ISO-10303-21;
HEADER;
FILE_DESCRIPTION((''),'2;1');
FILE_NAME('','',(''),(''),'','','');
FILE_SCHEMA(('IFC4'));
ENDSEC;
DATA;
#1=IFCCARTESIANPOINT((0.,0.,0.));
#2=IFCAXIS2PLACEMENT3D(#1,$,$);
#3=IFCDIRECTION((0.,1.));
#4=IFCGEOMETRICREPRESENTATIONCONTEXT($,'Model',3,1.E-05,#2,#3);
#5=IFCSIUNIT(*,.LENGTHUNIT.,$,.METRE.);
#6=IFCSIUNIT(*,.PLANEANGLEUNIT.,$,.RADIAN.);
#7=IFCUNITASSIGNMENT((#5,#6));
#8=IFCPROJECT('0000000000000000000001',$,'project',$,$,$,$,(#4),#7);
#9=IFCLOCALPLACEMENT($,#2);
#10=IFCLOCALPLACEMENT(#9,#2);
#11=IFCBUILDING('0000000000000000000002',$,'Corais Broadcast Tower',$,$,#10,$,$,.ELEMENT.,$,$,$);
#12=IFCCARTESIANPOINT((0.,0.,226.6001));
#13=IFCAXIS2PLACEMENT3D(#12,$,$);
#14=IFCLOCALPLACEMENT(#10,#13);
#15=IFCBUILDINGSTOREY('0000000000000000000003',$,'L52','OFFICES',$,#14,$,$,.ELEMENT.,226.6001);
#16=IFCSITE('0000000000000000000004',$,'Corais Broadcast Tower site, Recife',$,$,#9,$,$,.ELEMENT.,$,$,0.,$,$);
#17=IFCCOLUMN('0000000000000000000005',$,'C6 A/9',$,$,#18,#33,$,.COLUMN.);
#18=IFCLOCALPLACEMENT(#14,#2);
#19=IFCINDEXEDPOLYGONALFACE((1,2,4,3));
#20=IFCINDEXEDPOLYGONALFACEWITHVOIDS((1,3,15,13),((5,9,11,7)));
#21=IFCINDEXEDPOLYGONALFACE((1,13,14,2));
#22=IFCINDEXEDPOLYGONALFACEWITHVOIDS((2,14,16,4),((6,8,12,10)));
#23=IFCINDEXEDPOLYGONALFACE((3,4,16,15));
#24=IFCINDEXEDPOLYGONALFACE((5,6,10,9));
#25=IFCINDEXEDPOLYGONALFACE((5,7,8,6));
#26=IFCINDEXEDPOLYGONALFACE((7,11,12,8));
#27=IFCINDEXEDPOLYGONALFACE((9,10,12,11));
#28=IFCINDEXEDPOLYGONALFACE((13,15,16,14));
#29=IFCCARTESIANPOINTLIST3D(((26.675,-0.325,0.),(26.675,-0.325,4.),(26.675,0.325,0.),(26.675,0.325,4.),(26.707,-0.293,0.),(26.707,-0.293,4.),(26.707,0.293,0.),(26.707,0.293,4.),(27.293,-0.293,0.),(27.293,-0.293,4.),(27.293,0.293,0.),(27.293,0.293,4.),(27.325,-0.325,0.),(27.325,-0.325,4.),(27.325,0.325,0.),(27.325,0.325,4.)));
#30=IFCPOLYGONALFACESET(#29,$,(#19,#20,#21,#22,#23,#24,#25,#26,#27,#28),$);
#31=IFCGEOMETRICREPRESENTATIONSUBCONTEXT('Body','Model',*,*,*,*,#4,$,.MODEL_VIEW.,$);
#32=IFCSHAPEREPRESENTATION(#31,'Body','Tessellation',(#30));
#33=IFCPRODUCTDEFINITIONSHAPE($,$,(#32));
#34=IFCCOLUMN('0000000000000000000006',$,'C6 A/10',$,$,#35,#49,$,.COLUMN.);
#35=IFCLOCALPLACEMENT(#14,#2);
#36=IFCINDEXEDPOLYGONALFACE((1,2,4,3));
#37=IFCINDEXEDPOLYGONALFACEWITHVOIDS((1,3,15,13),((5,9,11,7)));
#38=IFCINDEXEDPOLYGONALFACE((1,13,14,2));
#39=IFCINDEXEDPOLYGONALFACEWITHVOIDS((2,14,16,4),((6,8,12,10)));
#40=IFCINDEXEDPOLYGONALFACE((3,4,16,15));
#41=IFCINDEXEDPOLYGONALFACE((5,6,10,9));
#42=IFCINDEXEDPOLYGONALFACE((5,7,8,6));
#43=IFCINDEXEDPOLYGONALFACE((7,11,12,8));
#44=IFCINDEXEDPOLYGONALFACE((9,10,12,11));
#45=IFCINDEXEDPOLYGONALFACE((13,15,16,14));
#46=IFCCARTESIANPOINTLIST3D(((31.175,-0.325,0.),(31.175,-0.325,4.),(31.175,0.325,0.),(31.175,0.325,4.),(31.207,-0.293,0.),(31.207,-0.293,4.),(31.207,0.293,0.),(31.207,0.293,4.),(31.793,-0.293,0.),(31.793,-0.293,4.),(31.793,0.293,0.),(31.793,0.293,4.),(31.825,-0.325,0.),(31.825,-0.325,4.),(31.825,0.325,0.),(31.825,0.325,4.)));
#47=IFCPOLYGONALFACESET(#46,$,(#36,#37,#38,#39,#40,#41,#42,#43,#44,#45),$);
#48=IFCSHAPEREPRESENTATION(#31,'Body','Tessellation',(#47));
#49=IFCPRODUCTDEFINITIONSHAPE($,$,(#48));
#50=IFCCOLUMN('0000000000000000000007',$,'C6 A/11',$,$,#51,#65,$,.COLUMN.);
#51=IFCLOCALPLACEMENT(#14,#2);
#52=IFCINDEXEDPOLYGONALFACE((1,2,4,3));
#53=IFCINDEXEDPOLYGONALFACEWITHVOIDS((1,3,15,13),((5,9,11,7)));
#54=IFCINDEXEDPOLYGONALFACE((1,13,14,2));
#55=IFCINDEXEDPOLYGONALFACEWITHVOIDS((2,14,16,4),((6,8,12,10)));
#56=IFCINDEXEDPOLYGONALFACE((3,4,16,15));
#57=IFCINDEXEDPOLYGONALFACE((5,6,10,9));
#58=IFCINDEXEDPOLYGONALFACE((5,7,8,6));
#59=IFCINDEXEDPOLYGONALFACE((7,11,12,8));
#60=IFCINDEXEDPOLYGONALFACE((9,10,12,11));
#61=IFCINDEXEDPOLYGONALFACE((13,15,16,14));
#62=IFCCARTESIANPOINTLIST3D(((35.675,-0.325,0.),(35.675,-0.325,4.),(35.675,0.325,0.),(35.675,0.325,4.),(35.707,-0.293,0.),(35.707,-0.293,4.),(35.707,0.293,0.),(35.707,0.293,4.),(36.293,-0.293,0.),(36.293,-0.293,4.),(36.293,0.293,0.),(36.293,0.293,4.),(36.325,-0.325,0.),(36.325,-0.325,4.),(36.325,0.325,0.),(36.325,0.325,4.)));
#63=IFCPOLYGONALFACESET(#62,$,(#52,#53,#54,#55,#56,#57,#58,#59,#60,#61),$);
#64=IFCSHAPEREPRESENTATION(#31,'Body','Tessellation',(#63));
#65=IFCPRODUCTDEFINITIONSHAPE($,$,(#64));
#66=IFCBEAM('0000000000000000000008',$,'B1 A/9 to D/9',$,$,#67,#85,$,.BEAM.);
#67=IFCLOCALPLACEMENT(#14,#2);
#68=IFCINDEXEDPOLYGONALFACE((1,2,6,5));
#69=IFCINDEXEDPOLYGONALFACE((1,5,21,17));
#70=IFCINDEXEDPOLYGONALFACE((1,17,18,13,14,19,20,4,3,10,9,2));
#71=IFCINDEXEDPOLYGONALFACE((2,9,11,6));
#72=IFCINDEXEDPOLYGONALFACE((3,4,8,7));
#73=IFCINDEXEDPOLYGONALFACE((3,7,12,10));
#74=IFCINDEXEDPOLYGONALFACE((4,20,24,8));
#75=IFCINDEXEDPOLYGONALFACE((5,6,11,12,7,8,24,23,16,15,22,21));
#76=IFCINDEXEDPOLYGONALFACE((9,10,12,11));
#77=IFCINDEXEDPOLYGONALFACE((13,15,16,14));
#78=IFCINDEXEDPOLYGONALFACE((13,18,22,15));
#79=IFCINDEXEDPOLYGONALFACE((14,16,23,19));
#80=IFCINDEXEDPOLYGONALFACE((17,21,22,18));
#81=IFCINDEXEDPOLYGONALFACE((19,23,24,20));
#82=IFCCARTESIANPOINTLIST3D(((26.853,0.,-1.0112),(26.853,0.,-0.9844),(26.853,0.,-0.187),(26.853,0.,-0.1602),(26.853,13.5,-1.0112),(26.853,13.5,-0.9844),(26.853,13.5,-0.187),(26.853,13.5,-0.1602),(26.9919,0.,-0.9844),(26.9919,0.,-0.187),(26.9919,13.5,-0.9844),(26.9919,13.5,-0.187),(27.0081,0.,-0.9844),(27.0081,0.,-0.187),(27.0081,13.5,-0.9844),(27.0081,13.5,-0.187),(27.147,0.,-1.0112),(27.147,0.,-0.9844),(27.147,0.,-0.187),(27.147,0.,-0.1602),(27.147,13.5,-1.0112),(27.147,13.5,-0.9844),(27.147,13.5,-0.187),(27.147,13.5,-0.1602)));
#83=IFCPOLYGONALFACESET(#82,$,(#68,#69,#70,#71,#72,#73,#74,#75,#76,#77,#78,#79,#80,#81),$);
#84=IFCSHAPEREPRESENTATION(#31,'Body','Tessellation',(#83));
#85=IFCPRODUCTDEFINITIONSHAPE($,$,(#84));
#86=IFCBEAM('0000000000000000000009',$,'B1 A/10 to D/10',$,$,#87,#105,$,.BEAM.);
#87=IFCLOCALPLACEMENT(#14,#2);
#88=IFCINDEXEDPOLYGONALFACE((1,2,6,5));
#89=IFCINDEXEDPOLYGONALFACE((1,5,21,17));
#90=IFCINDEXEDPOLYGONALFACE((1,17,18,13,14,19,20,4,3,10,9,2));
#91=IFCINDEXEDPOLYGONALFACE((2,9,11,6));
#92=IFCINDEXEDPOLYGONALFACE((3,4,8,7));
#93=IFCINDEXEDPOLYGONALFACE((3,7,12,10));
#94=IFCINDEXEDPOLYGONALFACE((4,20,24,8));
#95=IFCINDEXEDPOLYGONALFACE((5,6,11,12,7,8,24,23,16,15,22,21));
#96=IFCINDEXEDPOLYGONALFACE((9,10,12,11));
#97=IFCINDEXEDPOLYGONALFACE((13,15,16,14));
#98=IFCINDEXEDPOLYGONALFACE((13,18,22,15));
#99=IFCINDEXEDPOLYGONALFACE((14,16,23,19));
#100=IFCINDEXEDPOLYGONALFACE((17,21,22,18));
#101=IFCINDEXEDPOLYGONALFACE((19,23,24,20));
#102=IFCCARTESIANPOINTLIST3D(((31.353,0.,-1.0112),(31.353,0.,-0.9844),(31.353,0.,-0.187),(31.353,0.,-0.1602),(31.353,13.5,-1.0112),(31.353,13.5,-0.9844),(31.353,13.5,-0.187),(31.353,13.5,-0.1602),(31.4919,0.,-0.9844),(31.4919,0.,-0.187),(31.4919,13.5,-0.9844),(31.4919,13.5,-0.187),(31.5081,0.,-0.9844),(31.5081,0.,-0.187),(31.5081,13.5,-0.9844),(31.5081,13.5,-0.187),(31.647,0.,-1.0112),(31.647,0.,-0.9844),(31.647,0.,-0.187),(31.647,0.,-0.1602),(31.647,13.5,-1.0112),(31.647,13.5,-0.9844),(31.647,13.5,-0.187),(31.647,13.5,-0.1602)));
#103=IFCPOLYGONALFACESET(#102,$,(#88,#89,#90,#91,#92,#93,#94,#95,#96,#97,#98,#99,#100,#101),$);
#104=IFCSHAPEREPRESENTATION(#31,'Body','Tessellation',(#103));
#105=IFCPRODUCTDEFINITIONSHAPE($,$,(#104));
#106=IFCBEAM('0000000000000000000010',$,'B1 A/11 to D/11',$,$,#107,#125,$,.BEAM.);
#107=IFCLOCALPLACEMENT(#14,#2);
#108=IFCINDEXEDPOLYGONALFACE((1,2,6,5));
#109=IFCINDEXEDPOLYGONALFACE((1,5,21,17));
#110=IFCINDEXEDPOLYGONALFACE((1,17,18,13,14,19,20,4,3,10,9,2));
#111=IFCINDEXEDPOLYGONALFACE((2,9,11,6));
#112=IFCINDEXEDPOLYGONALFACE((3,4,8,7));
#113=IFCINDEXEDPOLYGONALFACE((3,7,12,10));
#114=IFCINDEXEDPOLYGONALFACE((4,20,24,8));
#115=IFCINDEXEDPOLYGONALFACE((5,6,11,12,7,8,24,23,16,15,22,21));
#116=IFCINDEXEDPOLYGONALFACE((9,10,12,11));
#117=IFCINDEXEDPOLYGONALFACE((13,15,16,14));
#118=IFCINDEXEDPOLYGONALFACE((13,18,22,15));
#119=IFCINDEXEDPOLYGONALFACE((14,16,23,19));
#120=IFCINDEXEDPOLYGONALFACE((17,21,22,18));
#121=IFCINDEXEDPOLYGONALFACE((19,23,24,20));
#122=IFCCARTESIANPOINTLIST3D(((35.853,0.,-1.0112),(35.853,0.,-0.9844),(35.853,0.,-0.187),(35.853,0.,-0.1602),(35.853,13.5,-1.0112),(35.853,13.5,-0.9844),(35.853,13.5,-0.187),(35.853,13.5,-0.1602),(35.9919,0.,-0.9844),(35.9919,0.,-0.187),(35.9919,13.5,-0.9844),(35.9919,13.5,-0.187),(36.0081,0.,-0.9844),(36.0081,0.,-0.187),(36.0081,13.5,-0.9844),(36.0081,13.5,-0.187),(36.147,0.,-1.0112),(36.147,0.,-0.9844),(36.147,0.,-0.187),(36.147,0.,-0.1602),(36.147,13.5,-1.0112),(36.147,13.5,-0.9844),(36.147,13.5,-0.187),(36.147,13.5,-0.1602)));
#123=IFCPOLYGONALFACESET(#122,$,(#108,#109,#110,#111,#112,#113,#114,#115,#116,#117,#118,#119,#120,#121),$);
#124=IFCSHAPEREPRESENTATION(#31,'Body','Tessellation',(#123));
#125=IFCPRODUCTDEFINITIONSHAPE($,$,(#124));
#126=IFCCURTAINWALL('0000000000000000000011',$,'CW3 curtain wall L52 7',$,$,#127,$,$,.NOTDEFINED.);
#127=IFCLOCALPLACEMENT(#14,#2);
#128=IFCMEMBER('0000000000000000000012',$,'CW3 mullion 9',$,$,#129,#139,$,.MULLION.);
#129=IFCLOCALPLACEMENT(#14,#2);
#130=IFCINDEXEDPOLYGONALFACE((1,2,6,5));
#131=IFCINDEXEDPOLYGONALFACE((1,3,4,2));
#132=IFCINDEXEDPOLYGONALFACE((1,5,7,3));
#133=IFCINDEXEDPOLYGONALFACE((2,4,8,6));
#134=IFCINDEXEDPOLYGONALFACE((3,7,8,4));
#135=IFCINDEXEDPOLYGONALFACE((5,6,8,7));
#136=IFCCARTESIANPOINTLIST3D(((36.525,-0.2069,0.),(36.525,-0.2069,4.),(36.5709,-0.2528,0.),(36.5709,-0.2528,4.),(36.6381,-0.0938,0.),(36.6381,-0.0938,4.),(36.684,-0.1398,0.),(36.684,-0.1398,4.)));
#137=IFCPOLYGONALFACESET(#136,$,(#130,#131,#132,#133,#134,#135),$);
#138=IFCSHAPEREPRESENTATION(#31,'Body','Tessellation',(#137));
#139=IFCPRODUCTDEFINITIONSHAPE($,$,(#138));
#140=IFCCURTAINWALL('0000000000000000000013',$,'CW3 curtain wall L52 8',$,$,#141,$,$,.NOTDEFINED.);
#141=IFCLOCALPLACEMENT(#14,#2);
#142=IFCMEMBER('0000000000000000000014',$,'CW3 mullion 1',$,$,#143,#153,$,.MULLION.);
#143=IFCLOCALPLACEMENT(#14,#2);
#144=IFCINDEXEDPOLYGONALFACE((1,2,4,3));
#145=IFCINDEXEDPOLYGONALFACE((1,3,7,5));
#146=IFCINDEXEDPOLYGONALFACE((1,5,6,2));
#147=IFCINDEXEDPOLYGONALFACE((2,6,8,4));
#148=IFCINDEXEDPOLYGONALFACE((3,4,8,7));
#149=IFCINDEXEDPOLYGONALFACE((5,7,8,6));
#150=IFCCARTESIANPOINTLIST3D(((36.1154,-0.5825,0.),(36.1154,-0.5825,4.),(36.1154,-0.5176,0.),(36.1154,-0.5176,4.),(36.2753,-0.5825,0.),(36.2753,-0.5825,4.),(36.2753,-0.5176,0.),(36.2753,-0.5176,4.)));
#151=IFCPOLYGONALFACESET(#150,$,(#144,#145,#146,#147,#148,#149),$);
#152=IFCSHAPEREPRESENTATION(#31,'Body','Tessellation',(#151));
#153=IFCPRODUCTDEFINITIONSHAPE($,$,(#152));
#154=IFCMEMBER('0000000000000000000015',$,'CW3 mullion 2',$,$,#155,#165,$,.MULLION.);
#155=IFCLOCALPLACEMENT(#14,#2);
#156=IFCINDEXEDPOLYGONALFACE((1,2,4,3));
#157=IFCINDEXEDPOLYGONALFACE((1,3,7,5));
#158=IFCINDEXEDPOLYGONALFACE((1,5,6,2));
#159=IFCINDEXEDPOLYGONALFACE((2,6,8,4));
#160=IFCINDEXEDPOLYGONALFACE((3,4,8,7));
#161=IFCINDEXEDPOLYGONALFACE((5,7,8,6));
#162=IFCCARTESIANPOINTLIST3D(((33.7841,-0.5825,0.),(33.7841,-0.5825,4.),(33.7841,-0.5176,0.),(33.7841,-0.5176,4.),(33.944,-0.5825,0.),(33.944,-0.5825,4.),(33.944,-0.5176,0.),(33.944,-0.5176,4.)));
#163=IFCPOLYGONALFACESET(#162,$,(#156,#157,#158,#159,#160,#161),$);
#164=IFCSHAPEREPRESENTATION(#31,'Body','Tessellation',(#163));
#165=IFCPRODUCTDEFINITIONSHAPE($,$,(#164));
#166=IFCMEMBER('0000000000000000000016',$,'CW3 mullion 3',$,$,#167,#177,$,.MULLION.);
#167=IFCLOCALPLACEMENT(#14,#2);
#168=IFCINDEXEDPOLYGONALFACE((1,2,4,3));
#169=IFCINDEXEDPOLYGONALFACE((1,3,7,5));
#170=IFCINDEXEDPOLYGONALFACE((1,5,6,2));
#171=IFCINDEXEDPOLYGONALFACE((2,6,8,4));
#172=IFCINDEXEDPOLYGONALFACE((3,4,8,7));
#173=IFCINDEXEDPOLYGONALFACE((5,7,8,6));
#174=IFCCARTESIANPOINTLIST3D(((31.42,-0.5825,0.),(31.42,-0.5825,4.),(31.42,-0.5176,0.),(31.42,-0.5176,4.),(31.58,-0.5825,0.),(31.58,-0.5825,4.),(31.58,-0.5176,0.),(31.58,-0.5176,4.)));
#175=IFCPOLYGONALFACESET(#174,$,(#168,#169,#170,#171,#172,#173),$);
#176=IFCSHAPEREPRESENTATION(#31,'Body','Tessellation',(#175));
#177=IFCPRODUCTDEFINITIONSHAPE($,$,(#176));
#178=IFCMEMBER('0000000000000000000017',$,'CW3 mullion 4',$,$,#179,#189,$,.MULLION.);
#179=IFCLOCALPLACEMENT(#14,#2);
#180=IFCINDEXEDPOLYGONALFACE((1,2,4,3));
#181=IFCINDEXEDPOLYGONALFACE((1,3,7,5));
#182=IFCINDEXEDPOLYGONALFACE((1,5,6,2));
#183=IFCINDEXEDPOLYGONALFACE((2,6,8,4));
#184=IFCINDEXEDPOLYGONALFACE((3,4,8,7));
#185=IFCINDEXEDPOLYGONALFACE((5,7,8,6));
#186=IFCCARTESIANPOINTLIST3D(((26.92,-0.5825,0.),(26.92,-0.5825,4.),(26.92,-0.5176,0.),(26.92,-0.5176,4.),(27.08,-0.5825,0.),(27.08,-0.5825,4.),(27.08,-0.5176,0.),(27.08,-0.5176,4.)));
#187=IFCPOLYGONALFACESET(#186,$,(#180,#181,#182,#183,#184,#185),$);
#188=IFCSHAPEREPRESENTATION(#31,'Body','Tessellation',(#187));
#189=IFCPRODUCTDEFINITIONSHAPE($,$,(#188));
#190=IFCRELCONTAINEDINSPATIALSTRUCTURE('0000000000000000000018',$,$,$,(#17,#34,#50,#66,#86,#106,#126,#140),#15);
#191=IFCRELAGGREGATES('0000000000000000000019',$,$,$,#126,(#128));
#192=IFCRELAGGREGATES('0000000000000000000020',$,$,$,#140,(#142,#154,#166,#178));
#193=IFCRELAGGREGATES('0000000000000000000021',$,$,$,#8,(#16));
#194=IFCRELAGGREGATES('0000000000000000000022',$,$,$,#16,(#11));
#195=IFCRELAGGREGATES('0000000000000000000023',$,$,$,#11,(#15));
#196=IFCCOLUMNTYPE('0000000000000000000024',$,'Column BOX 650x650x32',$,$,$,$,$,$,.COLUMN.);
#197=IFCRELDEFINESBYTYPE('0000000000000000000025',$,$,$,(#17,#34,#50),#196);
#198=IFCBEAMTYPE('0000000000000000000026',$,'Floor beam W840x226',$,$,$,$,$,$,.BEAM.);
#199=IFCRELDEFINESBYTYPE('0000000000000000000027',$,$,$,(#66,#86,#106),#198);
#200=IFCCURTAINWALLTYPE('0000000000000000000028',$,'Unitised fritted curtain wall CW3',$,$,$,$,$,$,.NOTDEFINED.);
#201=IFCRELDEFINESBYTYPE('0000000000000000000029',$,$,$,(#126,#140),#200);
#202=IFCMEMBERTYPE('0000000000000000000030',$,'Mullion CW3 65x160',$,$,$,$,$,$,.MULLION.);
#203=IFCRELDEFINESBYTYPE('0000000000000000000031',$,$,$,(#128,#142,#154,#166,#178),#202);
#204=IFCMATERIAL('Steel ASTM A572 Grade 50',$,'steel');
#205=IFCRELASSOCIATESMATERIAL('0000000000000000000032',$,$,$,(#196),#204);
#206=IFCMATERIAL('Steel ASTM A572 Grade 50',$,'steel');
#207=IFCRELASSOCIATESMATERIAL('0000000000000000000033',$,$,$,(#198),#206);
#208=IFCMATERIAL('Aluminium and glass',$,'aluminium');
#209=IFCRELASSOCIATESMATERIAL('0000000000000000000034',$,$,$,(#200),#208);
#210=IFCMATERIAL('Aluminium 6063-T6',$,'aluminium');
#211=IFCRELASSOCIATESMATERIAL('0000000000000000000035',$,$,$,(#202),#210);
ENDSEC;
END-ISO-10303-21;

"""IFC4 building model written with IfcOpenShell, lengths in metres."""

from ifc_helpers import new_model, si_unit, direction, frame, origin, origin_2d, place, context, subcontext, project, spatial, rectangle, hollow_rectangle, i_section, extrude, material, material_profile, profile_set, type_object, element, aggregate, save


model = new_model("IFC4")

# Units and contexts
model_context = context("Model", 3, precision=1e-05, world=origin(), true_north=direction((0.0, 1.0)))
body_context = subcontext(model_context, "Body", "Model", "MODEL_VIEW")
ifc_project = project(units=[si_unit("LENGTHUNIT", "METRE"), si_unit("PLANEANGLEUNIT", "RADIAN")], contexts=[model_context])

# Site, building, storey
site_placement = place(None, origin())
site = spatial("IfcSite", under=ifc_project, at=site_placement, Name="Corais Broadcast Tower site, Recife", CompositionType="ELEMENT", RefElevation=0.0)
building_placement = place(site_placement, origin())
building = spatial("IfcBuilding", under=site, at=building_placement, Name="Corais Broadcast Tower", CompositionType="ELEMENT")
storey_placement = place(building_placement, frame((0.0, 0.0, 226.6001)))
storey = spatial("IfcBuildingStorey", under=building, at=storey_placement, Name="L52", Description="OFFICES", CompositionType="ELEMENT", Elevation=226.6001)

# Columns
ifc_material_1 = material(Name="Steel ASTM A572 Grade 50", Category="steel")
ifc_material_profile_1 = material_profile(ifc_material_1, hollow_rectangle(XDim=0.6499, YDim=0.6499, WallThickness=0.032, at=origin_2d()), Name="BOX 650x650x32")
ifc_profile_set_1 = profile_set([ifc_material_profile_1], Name="Steel ASTM A572 Grade 50")
column_type = type_object("IfcColumnType", Name="Column BOX 650x650x32", PredefinedType="COLUMN", material=ifc_profile_set_1)
for number, where, z_axis, x_axis, name in (
    (1, (27.0, 0.0, 0.0), (0.0, 0.0, 1.0), (1.0, 0.0, 0.0), "C6 A/9"),
    (2, (31.5, 0.0, 0.0), (0.0, 0.0, 1.0), (1.0, 0.0, 0.0), "C6 A/10"),
    (3, (36.0, 0.0, 0.0), (0.0, 0.0, 1.0), (1.0, 0.0, 0.0), "C6 A/11"),
):
    element("IfcColumn", number, at=place(storey_placement, frame(where, z_axis=z_axis, x_axis=x_axis)), inside=storey, type_object=column_type, Name=name, PredefinedType="COLUMN", context=body_context, shape_type="SweptSolid", body=[
        extrude(hollow_rectangle(XDim=0.6499, YDim=0.6499, WallThickness=0.032, at=origin_2d()), origin(), (0.0, 0.0, 1.0), 4.0),
    ])

# Beams
ifc_material_2 = material(Name="Steel ASTM A572 Grade 50", Category="steel")
ifc_material_profile_2 = material_profile(ifc_material_2, i_section(OverallWidth=0.2939, OverallDepth=0.8511, WebThickness=0.0161, FlangeThickness=0.0269, at=origin_2d()), Name="W840x226")
ifc_profile_set_2 = profile_set([ifc_material_profile_2], Name="Steel ASTM A572 Grade 50")
beam_type_1 = type_object("IfcBeamType", Name="Floor beam W840x226", PredefinedType="BEAM", material=ifc_profile_set_2)
for number, where, z_axis, x_axis, name in (
    (4, (27.0, 0.0, -0.5857), (0.0, 1.0, 0.0), (-1.0, 0.0, 0.0), "B1 A/9 to D/9"),
    (5, (31.5, 0.0, -0.5857), (0.0, 1.0, 0.0), (-1.0, 0.0, 0.0), "B1 A/10 to D/10"),
    (6, (36.0, 0.0, -0.5857), (0.0, 1.0, 0.0), (-1.0, 0.0, 0.0), "B1 A/11 to D/11"),
):
    element("IfcBeam", number, at=place(storey_placement, frame(where, z_axis=z_axis, x_axis=x_axis)), inside=storey, type_object=beam_type_1, Name=name, PredefinedType="BEAM", context=body_context, shape_type="SweptSolid", body=[
        extrude(i_section(OverallWidth=0.2939, OverallDepth=0.8511, WebThickness=0.0161, FlangeThickness=0.0269, at=origin_2d()), origin(), (0.0, 0.0, 1.0), 13.5),
    ])

# Curtain wall, member
ifc_material_3 = material(Name="Aluminium and glass", Category="aluminium")
curtain_wall_type = type_object("IfcCurtainWallType", Name="Unitised fritted curtain wall CW3", PredefinedType="NOTDEFINED", material=ifc_material_3)
curtain_wall_1_placement = place(storey_placement, origin())
curtain_wall_1 = element("IfcCurtainWall", 7, at=curtain_wall_1_placement, inside=storey, type_object=curtain_wall_type, Name="CW3 curtain wall L52 7", PredefinedType="NOTDEFINED")
ifc_material_4 = material(Name="Aluminium 6063-T6", Category="aluminium")
ifc_material_profile_3 = material_profile(ifc_material_4, rectangle(XDim=0.0649, YDim=0.1599, at=origin_2d()), Name="Mullion CW3 65x160")
ifc_profile_set_3 = profile_set([ifc_material_profile_3], Name="Aluminium 6063-T6")
member_type_1 = type_object("IfcMemberType", Name="Mullion CW3 65x160", PredefinedType="MULLION", material=ifc_profile_set_3)
member_1_placement = place(storey_placement, frame((36.6045, -0.1733, 0.0), z_axis=(0.0, 0.0, 1.0), x_axis=(0.707107, -0.707107, 0.0)))
member_1 = element("IfcMember", 8, at=member_1_placement, type_object=member_type_1, Name="CW3 mullion 9", PredefinedType="MULLION", context=body_context, shape_type="SweptSolid", body=[
    extrude(rectangle(XDim=0.0649, YDim=0.1599, at=origin_2d()), origin(), (0.0, 0.0, 1.0), 4.0),
])
aggregate(curtain_wall_1, [member_1])

# Curtain wall, members
curtain_wall_2_placement = place(storey_placement, origin())
curtain_wall_2 = element("IfcCurtainWall", 9, at=curtain_wall_2_placement, inside=storey, type_object=curtain_wall_type, Name="CW3 curtain wall L52 8", PredefinedType="NOTDEFINED")
member_2_placement = place(storey_placement, frame((36.1953, -0.55, 0.0), z_axis=(0.0, 0.0, 1.0), x_axis=(0.0, -1.0, 0.0)))
member_2 = element("IfcMember", 10, at=member_2_placement, type_object=member_type_1, Name="CW3 mullion 1", PredefinedType="MULLION", context=body_context, shape_type="SweptSolid", body=[
    extrude(rectangle(XDim=0.0649, YDim=0.1599, at=origin_2d()), origin(), (0.0, 0.0, 1.0), 4.0),
])
member_3_placement = place(storey_placement, frame((33.864, -0.55, 0.0), z_axis=(0.0, 0.0, 1.0), x_axis=(0.0, -1.0, 0.0)))
member_3 = element("IfcMember", 11, at=member_3_placement, type_object=member_type_1, Name="CW3 mullion 2", PredefinedType="MULLION", context=body_context, shape_type="SweptSolid", body=[
    extrude(rectangle(XDim=0.0649, YDim=0.1599, at=origin_2d()), origin(), (0.0, 0.0, 1.0), 4.0),
])
member_4_placement = place(storey_placement, frame((31.5, -0.55, 0.0), z_axis=(0.0, 0.0, 1.0), x_axis=(0.0, -1.0, 0.0)))
member_4 = element("IfcMember", 12, at=member_4_placement, type_object=member_type_1, Name="CW3 mullion 3", PredefinedType="MULLION", context=body_context, shape_type="SweptSolid", body=[
    extrude(rectangle(XDim=0.0649, YDim=0.1599, at=origin_2d()), origin(), (0.0, 0.0, 1.0), 4.0),
])
member_5_placement = place(storey_placement, frame((27.0, -0.55, 0.0), z_axis=(0.0, 0.0, 1.0), x_axis=(0.0, -1.0, 0.0)))
member_5 = element("IfcMember", 13, at=member_5_placement, type_object=member_type_1, Name="CW3 mullion 4", PredefinedType="MULLION", context=body_context, shape_type="SweptSolid", body=[
    extrude(rectangle(XDim=0.0649, YDim=0.1599, at=origin_2d()), origin(), (0.0, 0.0, 1.0), 4.0),
])

aggregate(curtain_wall_2, [member_2, member_3, member_4, member_5])

save(model, "model.ifc")
